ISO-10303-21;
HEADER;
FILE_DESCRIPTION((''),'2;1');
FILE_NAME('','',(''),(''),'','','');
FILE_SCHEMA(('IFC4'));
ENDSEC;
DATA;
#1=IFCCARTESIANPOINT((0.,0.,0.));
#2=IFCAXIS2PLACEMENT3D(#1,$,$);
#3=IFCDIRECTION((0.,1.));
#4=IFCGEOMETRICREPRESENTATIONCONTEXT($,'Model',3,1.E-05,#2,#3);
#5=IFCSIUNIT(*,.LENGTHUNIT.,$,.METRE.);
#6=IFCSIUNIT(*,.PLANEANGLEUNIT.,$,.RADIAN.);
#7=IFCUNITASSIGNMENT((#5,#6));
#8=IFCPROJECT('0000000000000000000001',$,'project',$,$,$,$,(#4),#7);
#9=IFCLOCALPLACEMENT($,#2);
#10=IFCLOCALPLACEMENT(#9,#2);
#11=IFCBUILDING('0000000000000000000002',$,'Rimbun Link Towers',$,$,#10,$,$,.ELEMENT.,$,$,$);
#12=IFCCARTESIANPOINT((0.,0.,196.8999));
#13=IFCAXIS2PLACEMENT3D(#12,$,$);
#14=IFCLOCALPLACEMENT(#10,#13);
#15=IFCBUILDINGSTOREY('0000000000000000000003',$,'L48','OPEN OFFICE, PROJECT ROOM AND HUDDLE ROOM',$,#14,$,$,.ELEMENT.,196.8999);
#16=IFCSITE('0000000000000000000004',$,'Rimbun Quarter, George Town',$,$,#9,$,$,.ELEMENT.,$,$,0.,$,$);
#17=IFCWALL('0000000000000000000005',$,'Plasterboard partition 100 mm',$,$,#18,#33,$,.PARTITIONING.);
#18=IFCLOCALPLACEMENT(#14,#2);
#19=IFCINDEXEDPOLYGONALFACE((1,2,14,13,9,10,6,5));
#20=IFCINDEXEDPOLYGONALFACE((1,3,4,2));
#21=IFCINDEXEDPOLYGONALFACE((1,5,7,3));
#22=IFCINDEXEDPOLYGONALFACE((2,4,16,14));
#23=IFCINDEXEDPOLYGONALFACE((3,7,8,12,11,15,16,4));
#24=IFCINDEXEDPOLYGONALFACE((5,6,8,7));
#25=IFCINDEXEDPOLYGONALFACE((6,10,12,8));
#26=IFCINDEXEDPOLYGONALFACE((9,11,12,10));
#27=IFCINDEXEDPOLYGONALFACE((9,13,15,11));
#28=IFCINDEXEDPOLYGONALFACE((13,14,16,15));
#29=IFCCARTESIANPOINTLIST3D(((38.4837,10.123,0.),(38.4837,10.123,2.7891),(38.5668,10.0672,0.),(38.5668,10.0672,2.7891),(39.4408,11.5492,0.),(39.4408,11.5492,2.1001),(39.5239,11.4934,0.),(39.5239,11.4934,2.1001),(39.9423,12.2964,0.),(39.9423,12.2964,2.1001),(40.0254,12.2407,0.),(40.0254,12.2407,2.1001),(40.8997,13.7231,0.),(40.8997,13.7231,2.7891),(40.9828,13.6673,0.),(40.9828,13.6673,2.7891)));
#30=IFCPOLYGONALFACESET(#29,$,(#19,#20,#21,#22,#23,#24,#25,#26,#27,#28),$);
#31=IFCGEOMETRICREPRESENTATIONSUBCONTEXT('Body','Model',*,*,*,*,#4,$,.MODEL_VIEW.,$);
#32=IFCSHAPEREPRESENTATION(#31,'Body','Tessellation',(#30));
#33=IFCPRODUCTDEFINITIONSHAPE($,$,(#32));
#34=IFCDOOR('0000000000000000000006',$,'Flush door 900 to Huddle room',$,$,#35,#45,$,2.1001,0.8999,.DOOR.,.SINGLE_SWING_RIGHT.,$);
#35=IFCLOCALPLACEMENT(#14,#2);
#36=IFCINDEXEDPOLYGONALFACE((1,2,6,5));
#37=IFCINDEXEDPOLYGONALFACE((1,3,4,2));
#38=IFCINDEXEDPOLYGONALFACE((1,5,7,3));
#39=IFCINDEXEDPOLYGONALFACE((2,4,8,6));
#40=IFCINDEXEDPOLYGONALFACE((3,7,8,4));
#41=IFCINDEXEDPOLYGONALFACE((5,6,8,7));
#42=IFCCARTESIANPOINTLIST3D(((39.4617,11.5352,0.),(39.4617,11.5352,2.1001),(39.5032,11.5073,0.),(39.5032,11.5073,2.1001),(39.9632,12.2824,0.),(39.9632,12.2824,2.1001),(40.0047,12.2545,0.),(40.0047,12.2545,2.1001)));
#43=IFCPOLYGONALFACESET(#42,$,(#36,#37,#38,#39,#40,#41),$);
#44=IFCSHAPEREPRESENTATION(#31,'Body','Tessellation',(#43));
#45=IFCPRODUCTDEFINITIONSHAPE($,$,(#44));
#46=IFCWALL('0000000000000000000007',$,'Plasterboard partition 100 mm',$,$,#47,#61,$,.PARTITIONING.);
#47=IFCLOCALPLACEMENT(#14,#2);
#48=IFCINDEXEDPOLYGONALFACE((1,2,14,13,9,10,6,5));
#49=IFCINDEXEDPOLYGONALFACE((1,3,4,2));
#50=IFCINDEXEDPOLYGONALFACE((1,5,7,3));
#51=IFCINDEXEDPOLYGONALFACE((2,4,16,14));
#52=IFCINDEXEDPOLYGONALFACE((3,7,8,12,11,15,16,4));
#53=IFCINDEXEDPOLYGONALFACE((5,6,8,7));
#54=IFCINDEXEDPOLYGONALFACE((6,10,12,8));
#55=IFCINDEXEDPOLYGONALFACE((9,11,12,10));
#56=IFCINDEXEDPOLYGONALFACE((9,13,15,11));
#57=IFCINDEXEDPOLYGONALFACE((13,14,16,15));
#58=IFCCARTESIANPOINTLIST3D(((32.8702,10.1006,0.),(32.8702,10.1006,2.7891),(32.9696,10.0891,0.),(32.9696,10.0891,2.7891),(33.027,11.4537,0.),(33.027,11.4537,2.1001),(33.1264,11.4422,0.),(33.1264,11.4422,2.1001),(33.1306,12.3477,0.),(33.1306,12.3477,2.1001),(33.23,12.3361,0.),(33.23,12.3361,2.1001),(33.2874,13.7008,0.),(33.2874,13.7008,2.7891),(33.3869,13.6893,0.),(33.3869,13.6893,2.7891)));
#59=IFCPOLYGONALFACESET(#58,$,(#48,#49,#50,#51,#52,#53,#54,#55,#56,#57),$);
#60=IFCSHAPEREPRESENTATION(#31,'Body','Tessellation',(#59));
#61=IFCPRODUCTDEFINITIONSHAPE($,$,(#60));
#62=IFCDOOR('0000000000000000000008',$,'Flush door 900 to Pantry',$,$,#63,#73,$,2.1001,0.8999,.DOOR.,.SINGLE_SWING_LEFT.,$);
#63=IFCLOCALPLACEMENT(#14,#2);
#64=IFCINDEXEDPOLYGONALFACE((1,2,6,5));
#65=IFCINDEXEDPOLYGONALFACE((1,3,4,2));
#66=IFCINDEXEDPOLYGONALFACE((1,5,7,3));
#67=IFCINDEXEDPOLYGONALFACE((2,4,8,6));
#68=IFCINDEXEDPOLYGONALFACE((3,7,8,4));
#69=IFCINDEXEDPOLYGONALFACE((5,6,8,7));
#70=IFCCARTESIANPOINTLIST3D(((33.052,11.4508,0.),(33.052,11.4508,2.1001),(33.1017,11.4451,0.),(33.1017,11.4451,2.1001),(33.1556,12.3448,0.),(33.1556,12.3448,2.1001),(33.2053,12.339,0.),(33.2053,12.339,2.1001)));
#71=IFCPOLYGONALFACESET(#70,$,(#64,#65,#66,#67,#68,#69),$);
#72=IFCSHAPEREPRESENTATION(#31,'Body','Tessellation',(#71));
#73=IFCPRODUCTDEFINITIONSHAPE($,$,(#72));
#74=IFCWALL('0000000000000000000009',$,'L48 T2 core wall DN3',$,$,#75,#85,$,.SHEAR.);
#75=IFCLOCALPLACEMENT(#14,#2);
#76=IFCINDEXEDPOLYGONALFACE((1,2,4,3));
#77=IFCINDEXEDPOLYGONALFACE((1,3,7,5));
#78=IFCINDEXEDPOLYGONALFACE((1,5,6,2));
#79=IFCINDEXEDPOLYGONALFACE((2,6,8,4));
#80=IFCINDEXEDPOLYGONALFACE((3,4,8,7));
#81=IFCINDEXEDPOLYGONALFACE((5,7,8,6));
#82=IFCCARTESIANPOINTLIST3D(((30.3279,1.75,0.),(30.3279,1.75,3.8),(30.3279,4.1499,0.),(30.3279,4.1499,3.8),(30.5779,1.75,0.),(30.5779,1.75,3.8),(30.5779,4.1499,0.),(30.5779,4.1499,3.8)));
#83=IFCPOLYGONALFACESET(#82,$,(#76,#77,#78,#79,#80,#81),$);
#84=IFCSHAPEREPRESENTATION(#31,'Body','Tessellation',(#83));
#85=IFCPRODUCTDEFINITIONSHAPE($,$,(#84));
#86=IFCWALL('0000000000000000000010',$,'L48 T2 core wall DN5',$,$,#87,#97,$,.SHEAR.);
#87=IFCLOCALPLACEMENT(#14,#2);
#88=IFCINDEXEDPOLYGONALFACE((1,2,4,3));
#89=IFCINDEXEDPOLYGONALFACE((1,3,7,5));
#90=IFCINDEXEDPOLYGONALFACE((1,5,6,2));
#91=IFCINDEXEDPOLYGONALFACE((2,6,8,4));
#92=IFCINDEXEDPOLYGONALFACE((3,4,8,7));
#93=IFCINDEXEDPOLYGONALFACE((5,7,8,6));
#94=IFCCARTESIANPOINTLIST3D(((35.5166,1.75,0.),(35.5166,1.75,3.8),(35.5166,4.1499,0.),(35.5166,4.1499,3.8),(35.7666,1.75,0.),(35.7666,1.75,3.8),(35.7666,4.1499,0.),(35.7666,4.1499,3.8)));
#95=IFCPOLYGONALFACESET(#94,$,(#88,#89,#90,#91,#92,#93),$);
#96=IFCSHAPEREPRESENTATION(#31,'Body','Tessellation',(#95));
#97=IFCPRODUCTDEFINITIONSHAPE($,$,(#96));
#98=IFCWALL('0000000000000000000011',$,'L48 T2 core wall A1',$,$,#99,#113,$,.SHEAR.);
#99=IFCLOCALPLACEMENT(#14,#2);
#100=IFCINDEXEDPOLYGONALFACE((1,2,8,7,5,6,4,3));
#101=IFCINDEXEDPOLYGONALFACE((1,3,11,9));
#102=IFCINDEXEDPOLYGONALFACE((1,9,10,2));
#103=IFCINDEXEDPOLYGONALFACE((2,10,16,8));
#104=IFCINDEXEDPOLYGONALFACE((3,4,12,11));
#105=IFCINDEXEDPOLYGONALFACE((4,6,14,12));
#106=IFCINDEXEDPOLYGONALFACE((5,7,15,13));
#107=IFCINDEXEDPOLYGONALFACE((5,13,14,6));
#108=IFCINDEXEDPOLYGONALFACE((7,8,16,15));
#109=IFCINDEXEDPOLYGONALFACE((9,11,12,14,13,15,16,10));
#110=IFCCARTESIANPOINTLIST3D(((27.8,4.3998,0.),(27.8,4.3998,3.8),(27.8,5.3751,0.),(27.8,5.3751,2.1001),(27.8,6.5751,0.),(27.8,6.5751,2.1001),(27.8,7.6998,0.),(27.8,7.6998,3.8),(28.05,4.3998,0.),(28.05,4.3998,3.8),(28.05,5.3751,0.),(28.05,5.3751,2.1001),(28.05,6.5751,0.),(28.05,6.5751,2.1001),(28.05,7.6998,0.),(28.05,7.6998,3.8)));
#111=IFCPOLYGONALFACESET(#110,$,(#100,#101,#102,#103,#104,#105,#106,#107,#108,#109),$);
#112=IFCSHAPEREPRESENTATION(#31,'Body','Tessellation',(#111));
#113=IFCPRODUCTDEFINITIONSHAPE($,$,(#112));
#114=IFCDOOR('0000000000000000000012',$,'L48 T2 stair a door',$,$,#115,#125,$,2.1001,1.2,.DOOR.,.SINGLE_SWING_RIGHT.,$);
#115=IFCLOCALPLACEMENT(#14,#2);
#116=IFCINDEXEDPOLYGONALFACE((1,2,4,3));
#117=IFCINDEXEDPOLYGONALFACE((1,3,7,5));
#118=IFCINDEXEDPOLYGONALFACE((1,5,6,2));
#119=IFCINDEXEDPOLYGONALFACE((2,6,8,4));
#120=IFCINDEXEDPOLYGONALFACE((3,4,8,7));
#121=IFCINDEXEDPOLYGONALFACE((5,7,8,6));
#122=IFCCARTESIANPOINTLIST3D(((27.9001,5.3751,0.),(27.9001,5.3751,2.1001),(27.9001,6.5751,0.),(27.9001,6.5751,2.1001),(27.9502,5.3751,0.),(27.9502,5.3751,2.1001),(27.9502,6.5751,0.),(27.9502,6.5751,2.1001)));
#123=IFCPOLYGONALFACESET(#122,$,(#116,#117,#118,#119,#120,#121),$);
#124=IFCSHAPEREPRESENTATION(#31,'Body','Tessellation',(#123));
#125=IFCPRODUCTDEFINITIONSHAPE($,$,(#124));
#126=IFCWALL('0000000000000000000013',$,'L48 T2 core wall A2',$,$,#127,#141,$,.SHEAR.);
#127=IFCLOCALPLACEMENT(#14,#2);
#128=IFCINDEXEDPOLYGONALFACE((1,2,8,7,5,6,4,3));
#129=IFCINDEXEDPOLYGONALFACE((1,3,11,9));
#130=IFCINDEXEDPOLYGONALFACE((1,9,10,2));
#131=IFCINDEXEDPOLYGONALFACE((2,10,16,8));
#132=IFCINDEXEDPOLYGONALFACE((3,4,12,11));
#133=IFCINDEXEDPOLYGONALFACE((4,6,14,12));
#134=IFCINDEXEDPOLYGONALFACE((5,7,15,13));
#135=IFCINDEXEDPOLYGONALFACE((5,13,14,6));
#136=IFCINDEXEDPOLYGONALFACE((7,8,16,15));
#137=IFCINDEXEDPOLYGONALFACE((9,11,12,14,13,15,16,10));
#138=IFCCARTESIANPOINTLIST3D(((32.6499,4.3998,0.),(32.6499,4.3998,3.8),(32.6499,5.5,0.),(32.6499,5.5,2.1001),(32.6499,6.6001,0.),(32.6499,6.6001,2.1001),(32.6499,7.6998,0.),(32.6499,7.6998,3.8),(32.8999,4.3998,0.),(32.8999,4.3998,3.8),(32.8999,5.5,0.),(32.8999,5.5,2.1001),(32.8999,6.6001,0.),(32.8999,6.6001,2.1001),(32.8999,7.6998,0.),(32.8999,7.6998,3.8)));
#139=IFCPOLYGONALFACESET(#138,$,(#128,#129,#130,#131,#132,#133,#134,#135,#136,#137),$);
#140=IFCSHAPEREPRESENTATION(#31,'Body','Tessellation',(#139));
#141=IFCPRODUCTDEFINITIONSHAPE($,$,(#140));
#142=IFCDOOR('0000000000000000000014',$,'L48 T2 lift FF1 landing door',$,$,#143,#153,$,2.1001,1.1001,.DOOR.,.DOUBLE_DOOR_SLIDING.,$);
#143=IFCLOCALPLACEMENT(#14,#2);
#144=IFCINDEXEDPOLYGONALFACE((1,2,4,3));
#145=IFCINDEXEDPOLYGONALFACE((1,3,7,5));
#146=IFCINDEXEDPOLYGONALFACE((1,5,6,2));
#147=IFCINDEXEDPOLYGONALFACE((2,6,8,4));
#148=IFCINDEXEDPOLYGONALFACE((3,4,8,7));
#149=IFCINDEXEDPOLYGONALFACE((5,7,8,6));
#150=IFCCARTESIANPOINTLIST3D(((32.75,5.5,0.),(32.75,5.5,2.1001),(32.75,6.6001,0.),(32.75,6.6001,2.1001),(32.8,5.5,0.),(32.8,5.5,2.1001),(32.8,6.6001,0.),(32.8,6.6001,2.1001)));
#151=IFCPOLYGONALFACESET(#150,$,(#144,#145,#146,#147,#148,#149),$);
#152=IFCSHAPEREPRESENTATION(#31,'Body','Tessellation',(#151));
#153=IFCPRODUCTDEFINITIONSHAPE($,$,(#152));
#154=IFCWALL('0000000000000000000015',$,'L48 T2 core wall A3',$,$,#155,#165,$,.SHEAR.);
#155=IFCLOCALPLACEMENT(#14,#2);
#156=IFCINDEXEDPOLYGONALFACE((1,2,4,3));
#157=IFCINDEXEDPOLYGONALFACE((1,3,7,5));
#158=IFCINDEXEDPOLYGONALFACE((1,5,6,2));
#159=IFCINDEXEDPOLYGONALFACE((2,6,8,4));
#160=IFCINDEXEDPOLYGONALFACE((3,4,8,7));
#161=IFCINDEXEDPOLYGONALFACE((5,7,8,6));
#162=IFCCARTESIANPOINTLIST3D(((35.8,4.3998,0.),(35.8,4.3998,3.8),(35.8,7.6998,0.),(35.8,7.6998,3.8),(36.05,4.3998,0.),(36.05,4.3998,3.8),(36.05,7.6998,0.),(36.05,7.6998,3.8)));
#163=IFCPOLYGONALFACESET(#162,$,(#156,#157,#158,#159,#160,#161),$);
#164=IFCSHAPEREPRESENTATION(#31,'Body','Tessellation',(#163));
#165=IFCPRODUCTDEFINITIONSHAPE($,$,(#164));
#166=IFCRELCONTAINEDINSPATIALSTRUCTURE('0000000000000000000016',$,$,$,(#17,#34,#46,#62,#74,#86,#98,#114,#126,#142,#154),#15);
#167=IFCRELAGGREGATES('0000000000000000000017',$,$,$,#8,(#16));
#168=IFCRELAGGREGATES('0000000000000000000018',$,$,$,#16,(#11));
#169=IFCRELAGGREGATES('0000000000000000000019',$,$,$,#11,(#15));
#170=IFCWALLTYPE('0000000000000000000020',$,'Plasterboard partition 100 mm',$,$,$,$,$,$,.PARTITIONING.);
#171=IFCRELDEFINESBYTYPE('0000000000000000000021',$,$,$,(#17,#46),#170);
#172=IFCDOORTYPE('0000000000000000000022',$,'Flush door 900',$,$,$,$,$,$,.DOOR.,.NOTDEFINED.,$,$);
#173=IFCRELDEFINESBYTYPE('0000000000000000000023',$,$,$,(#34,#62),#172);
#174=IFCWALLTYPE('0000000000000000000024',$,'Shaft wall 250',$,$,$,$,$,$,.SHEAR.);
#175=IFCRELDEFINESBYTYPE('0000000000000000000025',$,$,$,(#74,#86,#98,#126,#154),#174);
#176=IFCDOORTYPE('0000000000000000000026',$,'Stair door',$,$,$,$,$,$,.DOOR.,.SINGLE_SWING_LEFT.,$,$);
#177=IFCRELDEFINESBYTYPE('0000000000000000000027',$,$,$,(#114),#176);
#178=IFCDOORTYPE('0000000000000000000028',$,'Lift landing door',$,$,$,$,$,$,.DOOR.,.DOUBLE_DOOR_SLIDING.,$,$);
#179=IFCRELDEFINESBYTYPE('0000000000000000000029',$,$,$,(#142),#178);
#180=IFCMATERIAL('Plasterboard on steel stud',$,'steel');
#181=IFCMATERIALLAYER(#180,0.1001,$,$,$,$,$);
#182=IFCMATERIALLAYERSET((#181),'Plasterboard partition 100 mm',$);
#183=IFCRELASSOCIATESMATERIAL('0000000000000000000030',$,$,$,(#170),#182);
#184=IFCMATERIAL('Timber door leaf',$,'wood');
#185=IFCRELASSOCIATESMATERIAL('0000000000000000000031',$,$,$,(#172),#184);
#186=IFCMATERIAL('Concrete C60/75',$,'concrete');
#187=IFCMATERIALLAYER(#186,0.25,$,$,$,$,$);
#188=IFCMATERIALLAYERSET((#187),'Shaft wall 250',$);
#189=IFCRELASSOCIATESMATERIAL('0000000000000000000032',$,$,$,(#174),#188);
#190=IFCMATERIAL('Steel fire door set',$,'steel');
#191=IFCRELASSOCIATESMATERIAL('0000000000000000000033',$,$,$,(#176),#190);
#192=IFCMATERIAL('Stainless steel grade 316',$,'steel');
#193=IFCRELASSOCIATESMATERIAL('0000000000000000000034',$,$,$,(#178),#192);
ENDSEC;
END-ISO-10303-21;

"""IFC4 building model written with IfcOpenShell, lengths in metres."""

from ifc_helpers import new_model, si_unit, direction, frame, frame_2d, origin, place, context, subcontext, project, spatial, rectangle, extrude, material, layer, layer_set, type_object, element, fill, save


model = new_model("IFC4")

# Units and contexts
model_context = context("Model", 3, precision=1e-05, world=origin(), true_north=direction((0.0, 1.0)))
body_context = subcontext(model_context, "Body", "Model", "MODEL_VIEW")
ifc_project = project(units=[si_unit("LENGTHUNIT", "METRE"), si_unit("PLANEANGLEUNIT", "RADIAN")], contexts=[model_context])

# Site, building, storey
site_placement = place(None, origin())
site = spatial("IfcSite", under=ifc_project, at=site_placement, Name="Rimbun Quarter, George Town", CompositionType="ELEMENT", RefElevation=0.0)
building_placement = place(site_placement, origin())
building = spatial("IfcBuilding", under=site, at=building_placement, Name="Rimbun Link Towers", CompositionType="ELEMENT")
storey_placement = place(building_placement, frame((0.0, 0.0, 196.8999)))
storey = spatial("IfcBuildingStorey", under=building, at=storey_placement, Name="L48", Description="OPEN OFFICE, PROJECT ROOM AND HUDDLE ROOM", CompositionType="ELEMENT", Elevation=196.8999)

# Walls, openings, doors
ifc_material_1 = material(Name="Plasterboard on steel stud", Category="steel")
ifc_layer_1 = layer(ifc_material_1, 0.1001)
ifc_layer_set_1 = layer_set([ifc_layer_1], Name="Plasterboard partition 100 mm")
wall_type_1 = type_object("IfcWallType", Name="Plasterboard partition 100 mm", PredefinedType="PARTITIONING", material=ifc_layer_set_1)
wall_1_placement = place(storey_placement, frame((38.5251, 10.095, 0.0), z_axis=(0.0, 0.0, 1.0), x_axis=(0.557245, 0.830348, 0.0)))
wall_1 = element("IfcWall", 1, at=wall_1_placement, inside=storey, type_object=wall_type_1, Name="Plasterboard partition 100 mm", PredefinedType="PARTITIONING", context=body_context, shape_type="SweptSolid", body=[
    extrude(rectangle(XDim=4.3357, YDim=0.1001, at=frame_2d((2.168, 0.0))), origin(), (0.0, 0.0, 1.0), 2.7891),
])
opening_1_placement = place(wall_1_placement, frame((1.7178, 0.0, 0.0)))
opening_1 = element("IfcOpeningElement", 2, at=opening_1_placement, cuts=wall_1, PredefinedType="OPENING", context=body_context, shape_type="SweptSolid", body=[
    extrude(rectangle(XDim=0.8999, YDim=2.1001, at=frame_2d((0.45, 1.05))), frame((0.0, 0.0601, 0.0), z_axis=(0.0, -1.0, 0.0), x_axis=(1.0, 0.0, 0.0)), (0.0, 0.0, 1.0), 0.1201),
])
ifc_material_2 = material(Name="Timber door leaf", Category="wood")
door_type_1 = type_object("IfcDoorType", Name="Flush door 900", OperationType="NOTDEFINED", PredefinedType="DOOR", material=ifc_material_2)
door_1_placement = place(opening_1_placement, origin())
door_1 = element("IfcDoor", 3, at=door_1_placement, inside=storey, type_object=door_type_1, Name="Flush door 900 to Huddle room", OperationType="SINGLE_SWING_RIGHT", OverallHeight=2.1001, OverallWidth=0.8999, PredefinedType="DOOR", context=body_context, shape_type="SweptSolid", body=[
    extrude(rectangle(XDim=0.8999, YDim=2.1001, at=frame_2d((0.45, 1.05))), frame((0.0, 0.0249, 0.0), z_axis=(0.0, -1.0, 0.0), x_axis=(1.0, 0.0, 0.0)), (0.0, 0.0, 1.0), 0.05),
])
fill(opening_1, door_1)
wall_2_placement = place(storey_placement, frame((32.9199, 10.095, 0.0), z_axis=(0.0, 0.0, 1.0), x_axis=(0.115125, 0.993351, 0.0)))
wall_2 = element("IfcWall", 4, at=wall_2_placement, inside=storey, type_object=wall_type_1, Name="Plasterboard partition 100 mm", PredefinedType="PARTITIONING", context=body_context, shape_type="SweptSolid", body=[
    extrude(rectangle(XDim=3.6243, YDim=0.1001, at=frame_2d((1.812, 0.0))), origin(), (0.0, 0.0, 1.0), 2.7891),
])
opening_2_placement = place(wall_2_placement, frame((1.3621, 0.0, 0.0)))
opening_2 = element("IfcOpeningElement", 5, at=opening_2_placement, cuts=wall_2, PredefinedType="OPENING", context=body_context, shape_type="SweptSolid", body=[
    extrude(rectangle(XDim=0.8999, YDim=2.1001, at=frame_2d((0.45, 1.05))), frame((0.0, 0.0601, 0.0), z_axis=(0.0, -1.0, 0.0), x_axis=(1.0, 0.0, 0.0)), (0.0, 0.0, 1.0), 0.1201),
])
door_2_placement = place(opening_2_placement, origin())
door_2 = element("IfcDoor", 6, at=door_2_placement, inside=storey, type_object=door_type_1, Name="Flush door 900 to Pantry", OperationType="SINGLE_SWING_LEFT", OverallHeight=2.1001, OverallWidth=0.8999, PredefinedType="DOOR", context=body_context, shape_type="SweptSolid", body=[
    extrude(rectangle(XDim=0.8999, YDim=2.1001, at=frame_2d((0.45, 1.05))), frame((0.0, 0.0249, 0.0), z_axis=(0.0, -1.0, 0.0), x_axis=(1.0, 0.0, 0.0)), (0.0, 0.0, 1.0), 0.05),
])
fill(opening_2, door_2)

# Walls
ifc_material_3 = material(Name="Concrete C60/75", Category="concrete")
ifc_layer_2 = layer(ifc_material_3, 0.25)
ifc_layer_set_2 = layer_set([ifc_layer_2], Name="Shaft wall 250")
wall_type_2 = type_object("IfcWallType", Name="Shaft wall 250", PredefinedType="SHEAR", material=ifc_layer_set_2)
for number, where, z_axis, x_axis, name in (
    (7, (30.4529, 1.75, 0.0), (0.0, 0.0, 1.0), (0.0, 1.0, 0.0), "L48 T2 core wall DN3"),
    (8, (35.6416, 1.75, 0.0), (0.0, 0.0, 1.0), (0.0, 1.0, 0.0), "L48 T2 core wall DN5"),
):
    element("IfcWall", number, at=place(storey_placement, frame(where, z_axis=z_axis, x_axis=x_axis)), inside=storey, type_object=wall_type_2, Name=name, PredefinedType="SHEAR", context=body_context, shape_type="SweptSolid", body=[
        extrude(rectangle(XDim=2.3999, YDim=0.25, at=frame_2d((1.2, 0.0))), origin(), (0.0, 0.0, 1.0), 3.8),
    ])

# Walls, openings, doors
wall_3_placement = place(storey_placement, frame((27.925, 4.3999, 0.0), z_axis=(0.0, 0.0, 1.0), x_axis=(0.0, 1.0, 0.0)))
wall_3 = element("IfcWall", 9, at=wall_3_placement, inside=storey, type_object=wall_type_2, Name="L48 T2 core wall A1", PredefinedType="SHEAR", context=body_context, shape_type="SweptSolid", body=[
    extrude(rectangle(XDim=3.3, YDim=0.25, at=frame_2d((1.6499, 0.0))), origin(), (0.0, 0.0, 1.0), 3.8),
])
opening_3_placement = place(wall_3_placement, frame((0.9751, 0.0, 0.0)))
opening_3 = element("IfcOpeningElement", 10, at=opening_3_placement, cuts=wall_3, PredefinedType="OPENING", context=body_context, shape_type="SweptSolid", body=[
    extrude(rectangle(XDim=1.2, YDim=2.1001, at=frame_2d((0.6001, 1.05))), frame((0.0, 0.135, 0.0), z_axis=(0.0, -1.0, 0.0), x_axis=(1.0, 0.0, 0.0)), (0.0, 0.0, 1.0), 0.27),
])
ifc_material_4 = material(Name="Steel fire door set", Category="steel")
door_type_2 = type_object("IfcDoorType", Name="Stair door", OperationType="SINGLE_SWING_LEFT", PredefinedType="DOOR", material=ifc_material_4)
door_3_placement = place(opening_3_placement, origin())
door_3 = element("IfcDoor", 11, at=door_3_placement, inside=storey, type_object=door_type_2, Name="L48 T2 stair a door", OperationType="SINGLE_SWING_RIGHT", OverallHeight=2.1001, OverallWidth=1.2, PredefinedType="DOOR", context=body_context, shape_type="SweptSolid", body=[
    extrude(rectangle(XDim=1.2, YDim=2.1001, at=frame_2d((0.6001, 1.05))), frame((0.0, 0.0249, 0.0), z_axis=(0.0, -1.0, 0.0), x_axis=(1.0, 0.0, 0.0)), (0.0, 0.0, 1.0), 0.05),
])
fill(opening_3, door_3)
wall_4_placement = place(storey_placement, frame((32.7749, 4.3999, 0.0), z_axis=(0.0, 0.0, 1.0), x_axis=(0.0, 1.0, 0.0)))
wall_4 = element("IfcWall", 12, at=wall_4_placement, inside=storey, type_object=wall_type_2, Name="L48 T2 core wall A2", PredefinedType="SHEAR", context=body_context, shape_type="SweptSolid", body=[
    extrude(rectangle(XDim=3.3, YDim=0.25, at=frame_2d((1.6499, 0.0))), origin(), (0.0, 0.0, 1.0), 3.8),
])
opening_4_placement = place(wall_4_placement, frame((1.1001, 0.0, 0.0)))
opening_4 = element("IfcOpeningElement", 13, at=opening_4_placement, cuts=wall_4, PredefinedType="OPENING", context=body_context, shape_type="SweptSolid", body=[
    extrude(rectangle(XDim=1.1001, YDim=2.1001, at=frame_2d((0.55, 1.05))), frame((0.0, 0.135, 0.0), z_axis=(0.0, -1.0, 0.0), x_axis=(1.0, 0.0, 0.0)), (0.0, 0.0, 1.0), 0.27),
])
ifc_material_5 = material(Name="Stainless steel grade 316", Category="steel")
door_type_3 = type_object("IfcDoorType", Name="Lift landing door", OperationType="DOUBLE_DOOR_SLIDING", PredefinedType="DOOR", material=ifc_material_5)
door_4_placement = place(opening_4_placement, origin())
door_4 = element("IfcDoor", 14, at=door_4_placement, inside=storey, type_object=door_type_3, Name="L48 T2 lift FF1 landing door", OperationType="DOUBLE_DOOR_SLIDING", OverallHeight=2.1001, OverallWidth=1.1001, PredefinedType="DOOR", context=body_context, shape_type="SweptSolid", body=[
    extrude(rectangle(XDim=1.1001, YDim=2.1001, at=frame_2d((0.55, 1.05))), frame((0.0, 0.0249, 0.0), z_axis=(0.0, -1.0, 0.0), x_axis=(1.0, 0.0, 0.0)), (0.0, 0.0, 1.0), 0.05),
])
fill(opening_4, door_4)

# Wall
wall_5_placement = place(storey_placement, frame((35.925, 4.3999, 0.0), z_axis=(0.0, 0.0, 1.0), x_axis=(0.0, 1.0, 0.0)))
element("IfcWall", 15, at=wall_5_placement, inside=storey, type_object=wall_type_2, Name="L48 T2 core wall A3", PredefinedType="SHEAR", context=body_context, shape_type="SweptSolid", body=[
    extrude(rectangle(XDim=3.3, YDim=0.25, at=frame_2d((1.6499, 0.0))), origin(), (0.0, 0.0, 1.0), 3.8),
])

save(model, "model.ifc")
